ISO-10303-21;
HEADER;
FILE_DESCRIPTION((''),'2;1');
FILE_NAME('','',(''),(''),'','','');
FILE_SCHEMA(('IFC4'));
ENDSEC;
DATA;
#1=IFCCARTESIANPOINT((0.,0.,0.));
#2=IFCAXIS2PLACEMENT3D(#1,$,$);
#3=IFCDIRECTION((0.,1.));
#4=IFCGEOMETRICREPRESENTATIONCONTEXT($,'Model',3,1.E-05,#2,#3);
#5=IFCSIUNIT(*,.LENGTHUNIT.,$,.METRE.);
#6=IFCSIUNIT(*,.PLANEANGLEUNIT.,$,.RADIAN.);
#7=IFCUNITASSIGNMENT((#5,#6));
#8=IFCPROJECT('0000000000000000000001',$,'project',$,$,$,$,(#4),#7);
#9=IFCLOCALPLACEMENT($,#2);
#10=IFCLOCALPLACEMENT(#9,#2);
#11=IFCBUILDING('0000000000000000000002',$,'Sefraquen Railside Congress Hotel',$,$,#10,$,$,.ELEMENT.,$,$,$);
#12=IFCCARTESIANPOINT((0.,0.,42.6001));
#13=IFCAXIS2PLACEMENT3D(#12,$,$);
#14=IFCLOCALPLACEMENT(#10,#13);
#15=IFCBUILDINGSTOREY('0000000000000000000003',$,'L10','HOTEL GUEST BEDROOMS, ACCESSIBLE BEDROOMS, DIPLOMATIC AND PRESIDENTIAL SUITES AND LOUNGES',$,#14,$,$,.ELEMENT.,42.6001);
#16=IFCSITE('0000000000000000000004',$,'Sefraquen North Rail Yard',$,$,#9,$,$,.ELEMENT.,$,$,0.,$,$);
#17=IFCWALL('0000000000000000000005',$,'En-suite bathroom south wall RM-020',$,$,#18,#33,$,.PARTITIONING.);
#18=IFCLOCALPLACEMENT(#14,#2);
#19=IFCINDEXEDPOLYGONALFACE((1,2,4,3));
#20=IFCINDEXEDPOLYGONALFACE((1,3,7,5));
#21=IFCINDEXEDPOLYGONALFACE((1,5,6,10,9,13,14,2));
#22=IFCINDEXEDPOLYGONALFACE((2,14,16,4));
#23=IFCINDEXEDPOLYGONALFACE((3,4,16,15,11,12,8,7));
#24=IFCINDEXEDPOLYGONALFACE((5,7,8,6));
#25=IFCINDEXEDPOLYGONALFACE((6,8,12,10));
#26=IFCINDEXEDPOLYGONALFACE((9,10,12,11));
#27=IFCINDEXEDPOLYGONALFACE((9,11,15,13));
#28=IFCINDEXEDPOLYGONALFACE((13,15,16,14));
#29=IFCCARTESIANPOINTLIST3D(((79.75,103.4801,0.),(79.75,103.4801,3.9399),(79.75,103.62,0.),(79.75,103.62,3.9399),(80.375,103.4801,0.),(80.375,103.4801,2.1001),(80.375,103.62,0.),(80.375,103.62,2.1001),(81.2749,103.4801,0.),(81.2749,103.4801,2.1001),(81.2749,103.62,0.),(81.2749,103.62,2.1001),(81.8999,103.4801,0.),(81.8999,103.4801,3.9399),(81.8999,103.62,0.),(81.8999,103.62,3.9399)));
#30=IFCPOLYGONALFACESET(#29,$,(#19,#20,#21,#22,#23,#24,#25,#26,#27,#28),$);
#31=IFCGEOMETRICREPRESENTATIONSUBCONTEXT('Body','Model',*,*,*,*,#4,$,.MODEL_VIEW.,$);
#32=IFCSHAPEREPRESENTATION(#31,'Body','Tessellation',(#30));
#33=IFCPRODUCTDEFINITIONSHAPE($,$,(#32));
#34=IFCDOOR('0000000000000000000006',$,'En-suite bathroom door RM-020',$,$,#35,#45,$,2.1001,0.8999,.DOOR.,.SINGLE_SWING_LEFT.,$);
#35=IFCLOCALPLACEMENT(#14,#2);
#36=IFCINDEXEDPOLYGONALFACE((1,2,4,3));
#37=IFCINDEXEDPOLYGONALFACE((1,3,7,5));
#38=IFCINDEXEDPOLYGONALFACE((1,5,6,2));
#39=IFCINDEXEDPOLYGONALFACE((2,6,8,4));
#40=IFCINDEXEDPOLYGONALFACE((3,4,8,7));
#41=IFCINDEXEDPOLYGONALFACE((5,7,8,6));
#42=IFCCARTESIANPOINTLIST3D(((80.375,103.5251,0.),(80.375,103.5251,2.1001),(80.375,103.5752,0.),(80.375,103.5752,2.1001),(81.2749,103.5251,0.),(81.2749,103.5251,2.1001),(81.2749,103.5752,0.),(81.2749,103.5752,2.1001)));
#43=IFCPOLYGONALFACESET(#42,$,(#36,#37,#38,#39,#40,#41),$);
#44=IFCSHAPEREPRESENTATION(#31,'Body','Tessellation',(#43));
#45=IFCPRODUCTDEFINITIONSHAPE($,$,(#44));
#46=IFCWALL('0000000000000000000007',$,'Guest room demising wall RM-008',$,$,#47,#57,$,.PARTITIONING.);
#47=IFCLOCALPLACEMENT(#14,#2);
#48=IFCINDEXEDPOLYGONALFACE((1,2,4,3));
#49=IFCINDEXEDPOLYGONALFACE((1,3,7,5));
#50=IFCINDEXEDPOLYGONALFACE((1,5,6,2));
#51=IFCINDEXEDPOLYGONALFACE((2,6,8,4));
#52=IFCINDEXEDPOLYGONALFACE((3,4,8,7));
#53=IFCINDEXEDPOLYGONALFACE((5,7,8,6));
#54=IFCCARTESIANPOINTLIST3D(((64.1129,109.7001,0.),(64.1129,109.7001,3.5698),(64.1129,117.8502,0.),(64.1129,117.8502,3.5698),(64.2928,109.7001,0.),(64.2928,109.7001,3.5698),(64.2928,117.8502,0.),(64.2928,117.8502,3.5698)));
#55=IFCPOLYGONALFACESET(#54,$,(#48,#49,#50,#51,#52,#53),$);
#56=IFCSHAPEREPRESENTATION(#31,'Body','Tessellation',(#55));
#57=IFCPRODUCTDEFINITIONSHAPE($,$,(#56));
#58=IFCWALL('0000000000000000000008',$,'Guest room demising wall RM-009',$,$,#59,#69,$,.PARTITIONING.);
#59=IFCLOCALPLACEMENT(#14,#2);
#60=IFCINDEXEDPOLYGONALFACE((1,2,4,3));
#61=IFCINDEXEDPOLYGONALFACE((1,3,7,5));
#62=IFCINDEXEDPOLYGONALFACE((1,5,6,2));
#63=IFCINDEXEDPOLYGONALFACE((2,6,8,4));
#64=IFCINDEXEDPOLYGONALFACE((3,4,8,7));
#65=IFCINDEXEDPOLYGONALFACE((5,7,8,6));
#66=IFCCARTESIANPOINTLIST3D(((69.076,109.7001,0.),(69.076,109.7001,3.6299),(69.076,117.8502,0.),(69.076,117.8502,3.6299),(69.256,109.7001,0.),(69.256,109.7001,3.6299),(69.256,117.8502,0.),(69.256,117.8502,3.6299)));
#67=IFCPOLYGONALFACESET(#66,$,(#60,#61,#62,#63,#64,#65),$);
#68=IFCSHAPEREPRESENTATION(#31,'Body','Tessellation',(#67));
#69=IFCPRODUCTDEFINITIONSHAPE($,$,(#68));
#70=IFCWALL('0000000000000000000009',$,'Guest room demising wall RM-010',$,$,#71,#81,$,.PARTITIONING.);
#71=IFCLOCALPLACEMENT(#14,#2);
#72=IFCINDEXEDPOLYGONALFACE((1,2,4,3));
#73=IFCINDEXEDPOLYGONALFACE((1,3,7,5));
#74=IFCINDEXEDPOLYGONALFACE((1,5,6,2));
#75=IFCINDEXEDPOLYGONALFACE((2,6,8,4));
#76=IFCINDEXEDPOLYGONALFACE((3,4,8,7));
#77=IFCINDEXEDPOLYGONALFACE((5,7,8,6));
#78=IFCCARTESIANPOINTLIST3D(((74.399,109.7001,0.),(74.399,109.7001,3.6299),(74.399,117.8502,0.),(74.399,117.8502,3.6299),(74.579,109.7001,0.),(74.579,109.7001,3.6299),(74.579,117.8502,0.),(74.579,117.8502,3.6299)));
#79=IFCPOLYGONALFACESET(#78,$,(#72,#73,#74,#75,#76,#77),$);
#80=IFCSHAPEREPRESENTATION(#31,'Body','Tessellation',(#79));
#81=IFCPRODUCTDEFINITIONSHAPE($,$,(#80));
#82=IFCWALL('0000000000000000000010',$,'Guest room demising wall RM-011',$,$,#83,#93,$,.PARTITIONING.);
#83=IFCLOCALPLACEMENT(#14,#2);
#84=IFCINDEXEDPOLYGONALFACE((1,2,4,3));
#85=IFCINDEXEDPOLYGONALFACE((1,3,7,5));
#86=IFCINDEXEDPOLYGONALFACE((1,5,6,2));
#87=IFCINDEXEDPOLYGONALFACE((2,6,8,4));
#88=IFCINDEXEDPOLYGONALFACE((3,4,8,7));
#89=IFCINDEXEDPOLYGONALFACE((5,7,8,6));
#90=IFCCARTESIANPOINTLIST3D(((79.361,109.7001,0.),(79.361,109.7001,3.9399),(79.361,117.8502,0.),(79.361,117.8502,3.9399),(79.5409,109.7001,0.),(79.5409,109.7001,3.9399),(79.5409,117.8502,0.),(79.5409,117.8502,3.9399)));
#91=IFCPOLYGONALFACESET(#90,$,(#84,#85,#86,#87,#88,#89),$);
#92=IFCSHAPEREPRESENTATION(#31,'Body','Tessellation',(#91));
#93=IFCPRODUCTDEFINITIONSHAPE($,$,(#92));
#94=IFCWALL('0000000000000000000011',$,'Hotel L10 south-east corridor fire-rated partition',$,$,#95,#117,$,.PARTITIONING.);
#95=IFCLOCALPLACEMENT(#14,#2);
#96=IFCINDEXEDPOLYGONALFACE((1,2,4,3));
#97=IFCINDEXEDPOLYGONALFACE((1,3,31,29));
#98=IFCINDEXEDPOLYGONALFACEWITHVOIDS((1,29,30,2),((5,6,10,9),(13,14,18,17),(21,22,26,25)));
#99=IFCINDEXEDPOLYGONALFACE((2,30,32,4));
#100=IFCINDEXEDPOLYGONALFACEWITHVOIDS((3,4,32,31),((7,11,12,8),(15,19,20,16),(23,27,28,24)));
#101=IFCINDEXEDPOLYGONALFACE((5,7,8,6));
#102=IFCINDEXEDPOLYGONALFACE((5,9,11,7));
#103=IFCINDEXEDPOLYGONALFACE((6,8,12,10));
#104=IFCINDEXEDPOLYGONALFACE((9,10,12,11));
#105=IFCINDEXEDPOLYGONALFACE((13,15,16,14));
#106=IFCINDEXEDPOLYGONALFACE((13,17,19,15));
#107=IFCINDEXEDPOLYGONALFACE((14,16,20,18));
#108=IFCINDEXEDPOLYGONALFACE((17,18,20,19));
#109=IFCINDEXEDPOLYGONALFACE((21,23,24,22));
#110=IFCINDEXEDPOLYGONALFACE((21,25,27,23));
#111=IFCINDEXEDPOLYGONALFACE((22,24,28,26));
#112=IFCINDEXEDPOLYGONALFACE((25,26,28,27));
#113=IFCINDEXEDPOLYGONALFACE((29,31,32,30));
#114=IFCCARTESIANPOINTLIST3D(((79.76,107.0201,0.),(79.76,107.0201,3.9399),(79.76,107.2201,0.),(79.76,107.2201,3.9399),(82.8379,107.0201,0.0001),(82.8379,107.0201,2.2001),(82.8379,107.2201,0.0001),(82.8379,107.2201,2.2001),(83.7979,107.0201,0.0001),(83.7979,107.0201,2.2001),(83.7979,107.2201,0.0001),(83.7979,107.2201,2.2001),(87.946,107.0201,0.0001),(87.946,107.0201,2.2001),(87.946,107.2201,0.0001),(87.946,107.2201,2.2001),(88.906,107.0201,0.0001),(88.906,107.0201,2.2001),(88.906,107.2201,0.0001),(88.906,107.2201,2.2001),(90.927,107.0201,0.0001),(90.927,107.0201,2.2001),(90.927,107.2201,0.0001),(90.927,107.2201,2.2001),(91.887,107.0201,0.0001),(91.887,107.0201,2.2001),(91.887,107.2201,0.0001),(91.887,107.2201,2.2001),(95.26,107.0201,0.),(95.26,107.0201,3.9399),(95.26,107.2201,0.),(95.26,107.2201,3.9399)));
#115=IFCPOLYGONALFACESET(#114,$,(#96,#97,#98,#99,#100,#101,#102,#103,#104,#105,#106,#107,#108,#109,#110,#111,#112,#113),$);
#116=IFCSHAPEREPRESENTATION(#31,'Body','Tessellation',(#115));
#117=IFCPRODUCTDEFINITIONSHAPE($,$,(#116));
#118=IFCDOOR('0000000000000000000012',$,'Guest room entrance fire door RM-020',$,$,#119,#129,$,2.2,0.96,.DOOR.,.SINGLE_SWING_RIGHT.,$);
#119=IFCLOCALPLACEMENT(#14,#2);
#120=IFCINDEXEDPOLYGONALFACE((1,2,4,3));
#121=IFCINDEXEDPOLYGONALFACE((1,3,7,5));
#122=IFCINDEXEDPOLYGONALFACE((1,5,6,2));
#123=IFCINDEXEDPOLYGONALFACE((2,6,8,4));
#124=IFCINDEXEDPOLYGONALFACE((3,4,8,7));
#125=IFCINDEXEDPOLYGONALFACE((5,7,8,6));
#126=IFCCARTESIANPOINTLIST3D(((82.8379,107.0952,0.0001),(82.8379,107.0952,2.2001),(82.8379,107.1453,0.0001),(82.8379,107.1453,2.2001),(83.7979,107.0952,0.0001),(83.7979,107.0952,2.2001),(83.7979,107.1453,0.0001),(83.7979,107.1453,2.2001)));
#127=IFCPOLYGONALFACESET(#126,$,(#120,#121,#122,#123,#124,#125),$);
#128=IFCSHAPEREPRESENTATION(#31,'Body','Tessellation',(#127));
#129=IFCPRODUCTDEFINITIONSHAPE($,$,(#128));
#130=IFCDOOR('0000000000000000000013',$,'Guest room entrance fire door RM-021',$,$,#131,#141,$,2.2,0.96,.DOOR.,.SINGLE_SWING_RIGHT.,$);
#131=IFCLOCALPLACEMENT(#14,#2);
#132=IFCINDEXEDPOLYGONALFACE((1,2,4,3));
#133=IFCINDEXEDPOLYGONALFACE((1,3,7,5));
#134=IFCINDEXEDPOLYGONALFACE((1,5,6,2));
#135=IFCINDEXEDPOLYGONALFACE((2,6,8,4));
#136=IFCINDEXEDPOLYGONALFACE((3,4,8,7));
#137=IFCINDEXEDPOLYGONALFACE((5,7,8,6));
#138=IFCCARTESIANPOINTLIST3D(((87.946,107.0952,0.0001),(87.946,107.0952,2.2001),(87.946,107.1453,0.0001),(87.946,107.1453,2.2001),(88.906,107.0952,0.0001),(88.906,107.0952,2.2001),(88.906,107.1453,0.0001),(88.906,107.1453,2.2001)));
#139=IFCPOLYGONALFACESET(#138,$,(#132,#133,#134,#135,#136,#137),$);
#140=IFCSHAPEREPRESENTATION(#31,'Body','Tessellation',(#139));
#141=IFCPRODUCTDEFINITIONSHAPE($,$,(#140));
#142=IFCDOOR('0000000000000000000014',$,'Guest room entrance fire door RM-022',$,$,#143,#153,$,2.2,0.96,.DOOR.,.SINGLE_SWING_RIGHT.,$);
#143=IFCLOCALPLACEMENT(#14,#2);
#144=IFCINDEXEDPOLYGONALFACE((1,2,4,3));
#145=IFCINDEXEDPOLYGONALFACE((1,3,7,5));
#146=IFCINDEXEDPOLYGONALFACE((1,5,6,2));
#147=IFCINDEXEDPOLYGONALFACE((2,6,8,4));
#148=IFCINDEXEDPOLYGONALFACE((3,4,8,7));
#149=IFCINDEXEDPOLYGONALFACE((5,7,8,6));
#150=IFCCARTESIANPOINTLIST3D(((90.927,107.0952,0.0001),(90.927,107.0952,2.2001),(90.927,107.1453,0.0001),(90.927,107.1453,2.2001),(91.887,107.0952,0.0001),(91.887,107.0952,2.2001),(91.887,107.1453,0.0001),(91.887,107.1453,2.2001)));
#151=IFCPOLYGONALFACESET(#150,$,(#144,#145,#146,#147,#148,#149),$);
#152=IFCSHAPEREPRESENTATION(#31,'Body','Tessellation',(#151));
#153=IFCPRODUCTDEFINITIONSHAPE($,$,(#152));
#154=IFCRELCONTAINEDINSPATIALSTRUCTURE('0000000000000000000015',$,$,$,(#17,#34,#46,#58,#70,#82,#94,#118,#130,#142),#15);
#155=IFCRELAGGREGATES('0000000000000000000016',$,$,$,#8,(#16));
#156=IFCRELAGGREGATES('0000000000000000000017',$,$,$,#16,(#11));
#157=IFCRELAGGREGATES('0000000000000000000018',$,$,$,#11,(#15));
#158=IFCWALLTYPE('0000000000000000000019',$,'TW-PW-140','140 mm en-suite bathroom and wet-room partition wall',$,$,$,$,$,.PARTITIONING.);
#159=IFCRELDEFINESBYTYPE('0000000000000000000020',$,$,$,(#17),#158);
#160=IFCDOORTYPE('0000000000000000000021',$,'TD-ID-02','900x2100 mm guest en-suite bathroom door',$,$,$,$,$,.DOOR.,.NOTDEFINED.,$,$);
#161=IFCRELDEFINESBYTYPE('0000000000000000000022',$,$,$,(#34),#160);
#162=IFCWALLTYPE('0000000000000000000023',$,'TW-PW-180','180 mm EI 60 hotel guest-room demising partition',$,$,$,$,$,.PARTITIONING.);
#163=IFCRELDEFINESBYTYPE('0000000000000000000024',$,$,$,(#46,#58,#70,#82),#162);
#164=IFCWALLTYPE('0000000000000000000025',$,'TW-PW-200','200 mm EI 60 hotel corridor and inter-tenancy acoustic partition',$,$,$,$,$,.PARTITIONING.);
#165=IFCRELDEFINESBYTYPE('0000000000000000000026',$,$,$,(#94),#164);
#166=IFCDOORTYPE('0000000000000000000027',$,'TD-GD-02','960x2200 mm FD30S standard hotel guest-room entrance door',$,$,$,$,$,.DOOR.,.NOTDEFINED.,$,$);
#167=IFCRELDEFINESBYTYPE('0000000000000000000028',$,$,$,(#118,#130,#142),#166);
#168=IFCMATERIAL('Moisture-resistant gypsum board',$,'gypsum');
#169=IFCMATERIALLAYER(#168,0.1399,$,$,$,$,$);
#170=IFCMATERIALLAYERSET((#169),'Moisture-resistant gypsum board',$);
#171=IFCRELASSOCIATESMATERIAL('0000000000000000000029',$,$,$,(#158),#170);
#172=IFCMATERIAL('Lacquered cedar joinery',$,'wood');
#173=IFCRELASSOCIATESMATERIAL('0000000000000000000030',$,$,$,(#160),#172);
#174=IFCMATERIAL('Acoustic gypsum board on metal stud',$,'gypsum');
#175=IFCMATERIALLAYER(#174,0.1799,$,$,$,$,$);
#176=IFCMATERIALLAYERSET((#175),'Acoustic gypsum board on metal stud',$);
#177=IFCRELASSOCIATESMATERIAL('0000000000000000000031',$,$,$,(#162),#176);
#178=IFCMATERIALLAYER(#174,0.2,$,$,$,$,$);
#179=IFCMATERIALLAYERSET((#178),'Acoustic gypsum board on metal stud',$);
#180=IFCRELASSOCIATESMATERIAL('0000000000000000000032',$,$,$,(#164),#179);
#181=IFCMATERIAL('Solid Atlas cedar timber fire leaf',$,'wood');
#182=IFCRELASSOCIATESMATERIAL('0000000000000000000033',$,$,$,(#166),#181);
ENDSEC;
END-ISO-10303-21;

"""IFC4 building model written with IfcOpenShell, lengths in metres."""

from ifc_helpers import new_model, si_unit, direction, frame, frame_2d, origin, place, context, subcontext, project, spatial, rectangle, extrude, material, layer, layer_set, type_object, element, fill, save


model = new_model("IFC4")

# Units and contexts
model_context = context("Model", 3, precision=1e-05, world=origin(), true_north=direction((0.0, 1.0)))
body_context = subcontext(model_context, "Body", "Model", "MODEL_VIEW")
ifc_project = project(units=[si_unit("LENGTHUNIT", "METRE"), si_unit("PLANEANGLEUNIT", "RADIAN")], contexts=[model_context])

# Site, building, storey
site_placement = place(None, origin())
site = spatial("IfcSite", under=ifc_project, at=site_placement, Name="Sefraquen North Rail Yard", CompositionType="ELEMENT", RefElevation=0.0)
building_placement = place(site_placement, origin())
building = spatial("IfcBuilding", under=site, at=building_placement, Name="Sefraquen Railside Congress Hotel", CompositionType="ELEMENT")
storey_placement = place(building_placement, frame((0.0, 0.0, 42.6001)))
storey = spatial("IfcBuildingStorey", under=building, at=storey_placement, Name="L10", Description="HOTEL GUEST BEDROOMS, ACCESSIBLE BEDROOMS, DIPLOMATIC AND PRESIDENTIAL SUITES AND LOUNGES", CompositionType="ELEMENT", Elevation=42.6001)

# Shared definitions
ifc_material_1 = material(Name="Moisture-resistant gypsum board", Category="gypsum")
ifc_layer_1 = layer(ifc_material_1, 0.1399)
ifc_layer_set_1 = layer_set([ifc_layer_1], Name="Moisture-resistant gypsum board")
wall_type_1 = type_object("IfcWallType", Name="TW-PW-140", Description="140 mm en-suite bathroom and wet-room partition wall", PredefinedType="PARTITIONING", material=ifc_layer_set_1)

# Wall, opening, door
wall_1_placement = place(storey_placement, frame((79.75, 103.55, 0.0), z_axis=(0.0, 0.0, 1.0), x_axis=(1.0, 0.0, 0.0)))
wall_1 = element("IfcWall", 1, at=wall_1_placement, inside=storey, type_object=wall_type_1, Name="En-suite bathroom south wall RM-020", PredefinedType="PARTITIONING", context=body_context, shape_type="SweptSolid", body=[
    extrude(rectangle(XDim=2.1499, YDim=0.1399, at=frame_2d((1.075, 0.0))), origin(), (0.0, 0.0, 1.0), 3.9399),
])
opening_1_placement = place(wall_1_placement, frame((0.625, 0.0, 0.0)))
opening_1 = element("IfcOpeningElement", 2, at=opening_1_placement, cuts=wall_1, PredefinedType="OPENING", context=body_context, shape_type="SweptSolid", body=[
    extrude(rectangle(XDim=0.8999, YDim=2.1001, at=frame_2d((0.45, 1.05))), frame((0.0, 0.0798, 0.0), z_axis=(0.0, -1.0, 0.0), x_axis=(1.0, 0.0, 0.0)), (0.0, 0.0, 1.0), 0.1599),
])
ifc_material_2 = material(Name="Lacquered cedar joinery", Category="wood")
door_type_1 = type_object("IfcDoorType", Name="TD-ID-02", Description="900x2100 mm guest en-suite bathroom door", OperationType="NOTDEFINED", PredefinedType="DOOR", material=ifc_material_2)
door_1_placement = place(opening_1_placement, frame((0.8999, 0.0, 0.0), z_axis=(0.0, 0.0, 1.0), x_axis=(-1.0, 0.0, 0.0)))
door_1 = element("IfcDoor", 3, at=door_1_placement, inside=storey, type_object=door_type_1, Name="En-suite bathroom door RM-020", OperationType="SINGLE_SWING_LEFT", OverallHeight=2.1001, OverallWidth=0.8999, PredefinedType="DOOR", context=body_context, shape_type="SweptSolid", body=[
    extrude(rectangle(XDim=0.8999, YDim=2.1001, at=frame_2d((0.45, 1.05))), frame((0.0, 0.0249, 0.0), z_axis=(0.0, -1.0, 0.0), x_axis=(1.0, 0.0, 0.0)), (0.0, 0.0, 1.0), 0.05),
])
fill(opening_1, door_1)

# Walls
ifc_material_3 = material(Name="Acoustic gypsum board on metal stud", Category="gypsum")
ifc_layer_2 = layer(ifc_material_3, 0.1799)
ifc_layer_set_2 = layer_set([ifc_layer_2], Name="Acoustic gypsum board on metal stud")
wall_type_2 = type_object("IfcWallType", Name="TW-PW-180", Description="180 mm EI 60 hotel guest-room demising partition", PredefinedType="PARTITIONING", material=ifc_layer_set_2)
wall_2_placement = place(storey_placement, frame((64.2029, 109.7, 0.0), z_axis=(0.0, 0.0, 1.0), x_axis=(0.0, 1.0, 0.0)))
element("IfcWall", 4, at=wall_2_placement, inside=storey, type_object=wall_type_2, Name="Guest room demising wall RM-008", PredefinedType="PARTITIONING", context=body_context, shape_type="SweptSolid", body=[
    extrude(rectangle(XDim=8.1501, YDim=0.1799, at=frame_2d((4.0752, 0.0))), origin(), (0.0, 0.0, 1.0), 3.5698),
])
for number, where, z_axis, x_axis, name in (
    (5, (69.166, 109.7, 0.0), (0.0, 0.0, 1.0), (0.0, 1.0, 0.0), "Guest room demising wall RM-009"),
    (6, (74.489, 109.7, 0.0), (0.0, 0.0, 1.0), (0.0, 1.0, 0.0), "Guest room demising wall RM-010"),
):
    element("IfcWall", number, at=place(storey_placement, frame(where, z_axis=z_axis, x_axis=x_axis)), inside=storey, type_object=wall_type_2, Name=name, PredefinedType="PARTITIONING", context=body_context, shape_type="SweptSolid", body=[
        extrude(rectangle(XDim=8.1501, YDim=0.1799, at=frame_2d((4.0752, 0.0))), origin(), (0.0, 0.0, 1.0), 3.6299),
    ])
wall_3_placement = place(storey_placement, frame((79.4509, 109.7, 0.0), z_axis=(0.0, 0.0, 1.0), x_axis=(0.0, 1.0, 0.0)))
element("IfcWall", 7, at=wall_3_placement, inside=storey, type_object=wall_type_2, Name="Guest room demising wall RM-011", PredefinedType="PARTITIONING", context=body_context, shape_type="SweptSolid", body=[
    extrude(rectangle(XDim=8.1501, YDim=0.1799, at=frame_2d((4.0752, 0.0))), origin(), (0.0, 0.0, 1.0), 3.9399),
])

# Wall, openings, doors
ifc_layer_3 = layer(ifc_material_3, 0.2)
ifc_layer_set_3 = layer_set([ifc_layer_3], Name="Acoustic gypsum board on metal stud")
wall_type_3 = type_object("IfcWallType", Name="TW-PW-200", Description="200 mm EI 60 hotel corridor and inter-tenancy acoustic partition", PredefinedType="PARTITIONING", material=ifc_layer_set_3)
wall_4_placement = place(storey_placement, frame((79.76, 107.1201, 0.0), z_axis=(0.0, 0.0, 1.0), x_axis=(1.0, 0.0, 0.0)))
wall_4 = element("IfcWall", 8, at=wall_4_placement, inside=storey, type_object=wall_type_3, Name="Hotel L10 south-east corridor fire-rated partition", PredefinedType="PARTITIONING", context=body_context, shape_type="SweptSolid", body=[
    extrude(rectangle(XDim=15.5, YDim=0.2, at=frame_2d((7.75, 0.0))), origin(), (0.0, 0.0, 1.0), 3.9399),
])
opening_2_placement = place(wall_4_placement, frame((3.0779, 0.0, 0.0)))
opening_2 = element("IfcOpeningElement", 9, at=opening_2_placement, cuts=wall_4, PredefinedType="OPENING", context=body_context, shape_type="SweptSolid", body=[
    extrude(rectangle(XDim=0.96, YDim=2.2, at=frame_2d((0.48, 1.1001))), frame((0.0, 0.1099, 0.0), z_axis=(0.0, -1.0, 0.0), x_axis=(1.0, 0.0, 0.0)), (0.0, 0.0, 1.0), 0.22),
])
opening_3_placement = place(wall_4_placement, frame((8.186, 0.0, 0.0)))
opening_3 = element("IfcOpeningElement", 10, at=opening_3_placement, cuts=wall_4, PredefinedType="OPENING", context=body_context, shape_type="SweptSolid", body=[
    extrude(rectangle(XDim=0.96, YDim=2.2, at=frame_2d((0.48, 1.1001))), frame((0.0, 0.1099, 0.0), z_axis=(0.0, -1.0, 0.0), x_axis=(1.0, 0.0, 0.0)), (0.0, 0.0, 1.0), 0.22),
])
opening_4_placement = place(wall_4_placement, frame((11.167, 0.0, 0.0)))
opening_4 = element("IfcOpeningElement", 11, at=opening_4_placement, cuts=wall_4, PredefinedType="OPENING", context=body_context, shape_type="SweptSolid", body=[
    extrude(rectangle(XDim=0.96, YDim=2.2, at=frame_2d((0.48, 1.1001))), frame((0.0, 0.1099, 0.0), z_axis=(0.0, -1.0, 0.0), x_axis=(1.0, 0.0, 0.0)), (0.0, 0.0, 1.0), 0.22),
])
ifc_material_4 = material(Name="Solid Atlas cedar timber fire leaf", Category="wood")
door_type_2 = type_object("IfcDoorType", Name="TD-GD-02", Description="960x2200 mm FD30S standard hotel guest-room entrance door", OperationType="NOTDEFINED", PredefinedType="DOOR", material=ifc_material_4)
door_2_placement = place(opening_2_placement, frame((0.96, 0.0, 0.0), z_axis=(0.0, 0.0, 1.0), x_axis=(-1.0, 0.0, 0.0)))
door_2 = element("IfcDoor", 12, at=door_2_placement, inside=storey, type_object=door_type_2, Name="Guest room entrance fire door RM-020", OperationType="SINGLE_SWING_RIGHT", OverallHeight=2.2, OverallWidth=0.96, PredefinedType="DOOR", context=body_context, shape_type="SweptSolid", body=[
    extrude(rectangle(XDim=0.96, YDim=2.2, at=frame_2d((0.48, 1.1001))), frame((0.0, 0.0249, 0.0), z_axis=(0.0, -1.0, 0.0), x_axis=(1.0, 0.0, 0.0)), (0.0, 0.0, 1.0), 0.05),
])
fill(opening_2, door_2)
door_3_placement = place(opening_3_placement, frame((0.96, 0.0, 0.0), z_axis=(0.0, 0.0, 1.0), x_axis=(-1.0, 0.0, 0.0)))
door_3 = element("IfcDoor", 13, at=door_3_placement, inside=storey, type_object=door_type_2, Name="Guest room entrance fire door RM-021", OperationType="SINGLE_SWING_RIGHT", OverallHeight=2.2, OverallWidth=0.96, PredefinedType="DOOR", context=body_context, shape_type="SweptSolid", body=[
    extrude(rectangle(XDim=0.96, YDim=2.2, at=frame_2d((0.48, 1.1001))), frame((0.0, 0.0249, 0.0), z_axis=(0.0, -1.0, 0.0), x_axis=(1.0, 0.0, 0.0)), (0.0, 0.0, 1.0), 0.05),
])
fill(opening_3, door_3)
door_4_placement = place(opening_4_placement, frame((0.96, 0.0, 0.0), z_axis=(0.0, 0.0, 1.0), x_axis=(-1.0, 0.0, 0.0)))
door_4 = element("IfcDoor", 14, at=door_4_placement, inside=storey, type_object=door_type_2, Name="Guest room entrance fire door RM-022", OperationType="SINGLE_SWING_RIGHT", OverallHeight=2.2, OverallWidth=0.96, PredefinedType="DOOR", context=body_context, shape_type="SweptSolid", body=[
    extrude(rectangle(XDim=0.96, YDim=2.2, at=frame_2d((0.48, 1.1001))), frame((0.0, 0.0249, 0.0), z_axis=(0.0, -1.0, 0.0), x_axis=(1.0, 0.0, 0.0)), (0.0, 0.0, 1.0), 0.05),
])
fill(opening_4, door_4)

save(model, "model.ifc")
